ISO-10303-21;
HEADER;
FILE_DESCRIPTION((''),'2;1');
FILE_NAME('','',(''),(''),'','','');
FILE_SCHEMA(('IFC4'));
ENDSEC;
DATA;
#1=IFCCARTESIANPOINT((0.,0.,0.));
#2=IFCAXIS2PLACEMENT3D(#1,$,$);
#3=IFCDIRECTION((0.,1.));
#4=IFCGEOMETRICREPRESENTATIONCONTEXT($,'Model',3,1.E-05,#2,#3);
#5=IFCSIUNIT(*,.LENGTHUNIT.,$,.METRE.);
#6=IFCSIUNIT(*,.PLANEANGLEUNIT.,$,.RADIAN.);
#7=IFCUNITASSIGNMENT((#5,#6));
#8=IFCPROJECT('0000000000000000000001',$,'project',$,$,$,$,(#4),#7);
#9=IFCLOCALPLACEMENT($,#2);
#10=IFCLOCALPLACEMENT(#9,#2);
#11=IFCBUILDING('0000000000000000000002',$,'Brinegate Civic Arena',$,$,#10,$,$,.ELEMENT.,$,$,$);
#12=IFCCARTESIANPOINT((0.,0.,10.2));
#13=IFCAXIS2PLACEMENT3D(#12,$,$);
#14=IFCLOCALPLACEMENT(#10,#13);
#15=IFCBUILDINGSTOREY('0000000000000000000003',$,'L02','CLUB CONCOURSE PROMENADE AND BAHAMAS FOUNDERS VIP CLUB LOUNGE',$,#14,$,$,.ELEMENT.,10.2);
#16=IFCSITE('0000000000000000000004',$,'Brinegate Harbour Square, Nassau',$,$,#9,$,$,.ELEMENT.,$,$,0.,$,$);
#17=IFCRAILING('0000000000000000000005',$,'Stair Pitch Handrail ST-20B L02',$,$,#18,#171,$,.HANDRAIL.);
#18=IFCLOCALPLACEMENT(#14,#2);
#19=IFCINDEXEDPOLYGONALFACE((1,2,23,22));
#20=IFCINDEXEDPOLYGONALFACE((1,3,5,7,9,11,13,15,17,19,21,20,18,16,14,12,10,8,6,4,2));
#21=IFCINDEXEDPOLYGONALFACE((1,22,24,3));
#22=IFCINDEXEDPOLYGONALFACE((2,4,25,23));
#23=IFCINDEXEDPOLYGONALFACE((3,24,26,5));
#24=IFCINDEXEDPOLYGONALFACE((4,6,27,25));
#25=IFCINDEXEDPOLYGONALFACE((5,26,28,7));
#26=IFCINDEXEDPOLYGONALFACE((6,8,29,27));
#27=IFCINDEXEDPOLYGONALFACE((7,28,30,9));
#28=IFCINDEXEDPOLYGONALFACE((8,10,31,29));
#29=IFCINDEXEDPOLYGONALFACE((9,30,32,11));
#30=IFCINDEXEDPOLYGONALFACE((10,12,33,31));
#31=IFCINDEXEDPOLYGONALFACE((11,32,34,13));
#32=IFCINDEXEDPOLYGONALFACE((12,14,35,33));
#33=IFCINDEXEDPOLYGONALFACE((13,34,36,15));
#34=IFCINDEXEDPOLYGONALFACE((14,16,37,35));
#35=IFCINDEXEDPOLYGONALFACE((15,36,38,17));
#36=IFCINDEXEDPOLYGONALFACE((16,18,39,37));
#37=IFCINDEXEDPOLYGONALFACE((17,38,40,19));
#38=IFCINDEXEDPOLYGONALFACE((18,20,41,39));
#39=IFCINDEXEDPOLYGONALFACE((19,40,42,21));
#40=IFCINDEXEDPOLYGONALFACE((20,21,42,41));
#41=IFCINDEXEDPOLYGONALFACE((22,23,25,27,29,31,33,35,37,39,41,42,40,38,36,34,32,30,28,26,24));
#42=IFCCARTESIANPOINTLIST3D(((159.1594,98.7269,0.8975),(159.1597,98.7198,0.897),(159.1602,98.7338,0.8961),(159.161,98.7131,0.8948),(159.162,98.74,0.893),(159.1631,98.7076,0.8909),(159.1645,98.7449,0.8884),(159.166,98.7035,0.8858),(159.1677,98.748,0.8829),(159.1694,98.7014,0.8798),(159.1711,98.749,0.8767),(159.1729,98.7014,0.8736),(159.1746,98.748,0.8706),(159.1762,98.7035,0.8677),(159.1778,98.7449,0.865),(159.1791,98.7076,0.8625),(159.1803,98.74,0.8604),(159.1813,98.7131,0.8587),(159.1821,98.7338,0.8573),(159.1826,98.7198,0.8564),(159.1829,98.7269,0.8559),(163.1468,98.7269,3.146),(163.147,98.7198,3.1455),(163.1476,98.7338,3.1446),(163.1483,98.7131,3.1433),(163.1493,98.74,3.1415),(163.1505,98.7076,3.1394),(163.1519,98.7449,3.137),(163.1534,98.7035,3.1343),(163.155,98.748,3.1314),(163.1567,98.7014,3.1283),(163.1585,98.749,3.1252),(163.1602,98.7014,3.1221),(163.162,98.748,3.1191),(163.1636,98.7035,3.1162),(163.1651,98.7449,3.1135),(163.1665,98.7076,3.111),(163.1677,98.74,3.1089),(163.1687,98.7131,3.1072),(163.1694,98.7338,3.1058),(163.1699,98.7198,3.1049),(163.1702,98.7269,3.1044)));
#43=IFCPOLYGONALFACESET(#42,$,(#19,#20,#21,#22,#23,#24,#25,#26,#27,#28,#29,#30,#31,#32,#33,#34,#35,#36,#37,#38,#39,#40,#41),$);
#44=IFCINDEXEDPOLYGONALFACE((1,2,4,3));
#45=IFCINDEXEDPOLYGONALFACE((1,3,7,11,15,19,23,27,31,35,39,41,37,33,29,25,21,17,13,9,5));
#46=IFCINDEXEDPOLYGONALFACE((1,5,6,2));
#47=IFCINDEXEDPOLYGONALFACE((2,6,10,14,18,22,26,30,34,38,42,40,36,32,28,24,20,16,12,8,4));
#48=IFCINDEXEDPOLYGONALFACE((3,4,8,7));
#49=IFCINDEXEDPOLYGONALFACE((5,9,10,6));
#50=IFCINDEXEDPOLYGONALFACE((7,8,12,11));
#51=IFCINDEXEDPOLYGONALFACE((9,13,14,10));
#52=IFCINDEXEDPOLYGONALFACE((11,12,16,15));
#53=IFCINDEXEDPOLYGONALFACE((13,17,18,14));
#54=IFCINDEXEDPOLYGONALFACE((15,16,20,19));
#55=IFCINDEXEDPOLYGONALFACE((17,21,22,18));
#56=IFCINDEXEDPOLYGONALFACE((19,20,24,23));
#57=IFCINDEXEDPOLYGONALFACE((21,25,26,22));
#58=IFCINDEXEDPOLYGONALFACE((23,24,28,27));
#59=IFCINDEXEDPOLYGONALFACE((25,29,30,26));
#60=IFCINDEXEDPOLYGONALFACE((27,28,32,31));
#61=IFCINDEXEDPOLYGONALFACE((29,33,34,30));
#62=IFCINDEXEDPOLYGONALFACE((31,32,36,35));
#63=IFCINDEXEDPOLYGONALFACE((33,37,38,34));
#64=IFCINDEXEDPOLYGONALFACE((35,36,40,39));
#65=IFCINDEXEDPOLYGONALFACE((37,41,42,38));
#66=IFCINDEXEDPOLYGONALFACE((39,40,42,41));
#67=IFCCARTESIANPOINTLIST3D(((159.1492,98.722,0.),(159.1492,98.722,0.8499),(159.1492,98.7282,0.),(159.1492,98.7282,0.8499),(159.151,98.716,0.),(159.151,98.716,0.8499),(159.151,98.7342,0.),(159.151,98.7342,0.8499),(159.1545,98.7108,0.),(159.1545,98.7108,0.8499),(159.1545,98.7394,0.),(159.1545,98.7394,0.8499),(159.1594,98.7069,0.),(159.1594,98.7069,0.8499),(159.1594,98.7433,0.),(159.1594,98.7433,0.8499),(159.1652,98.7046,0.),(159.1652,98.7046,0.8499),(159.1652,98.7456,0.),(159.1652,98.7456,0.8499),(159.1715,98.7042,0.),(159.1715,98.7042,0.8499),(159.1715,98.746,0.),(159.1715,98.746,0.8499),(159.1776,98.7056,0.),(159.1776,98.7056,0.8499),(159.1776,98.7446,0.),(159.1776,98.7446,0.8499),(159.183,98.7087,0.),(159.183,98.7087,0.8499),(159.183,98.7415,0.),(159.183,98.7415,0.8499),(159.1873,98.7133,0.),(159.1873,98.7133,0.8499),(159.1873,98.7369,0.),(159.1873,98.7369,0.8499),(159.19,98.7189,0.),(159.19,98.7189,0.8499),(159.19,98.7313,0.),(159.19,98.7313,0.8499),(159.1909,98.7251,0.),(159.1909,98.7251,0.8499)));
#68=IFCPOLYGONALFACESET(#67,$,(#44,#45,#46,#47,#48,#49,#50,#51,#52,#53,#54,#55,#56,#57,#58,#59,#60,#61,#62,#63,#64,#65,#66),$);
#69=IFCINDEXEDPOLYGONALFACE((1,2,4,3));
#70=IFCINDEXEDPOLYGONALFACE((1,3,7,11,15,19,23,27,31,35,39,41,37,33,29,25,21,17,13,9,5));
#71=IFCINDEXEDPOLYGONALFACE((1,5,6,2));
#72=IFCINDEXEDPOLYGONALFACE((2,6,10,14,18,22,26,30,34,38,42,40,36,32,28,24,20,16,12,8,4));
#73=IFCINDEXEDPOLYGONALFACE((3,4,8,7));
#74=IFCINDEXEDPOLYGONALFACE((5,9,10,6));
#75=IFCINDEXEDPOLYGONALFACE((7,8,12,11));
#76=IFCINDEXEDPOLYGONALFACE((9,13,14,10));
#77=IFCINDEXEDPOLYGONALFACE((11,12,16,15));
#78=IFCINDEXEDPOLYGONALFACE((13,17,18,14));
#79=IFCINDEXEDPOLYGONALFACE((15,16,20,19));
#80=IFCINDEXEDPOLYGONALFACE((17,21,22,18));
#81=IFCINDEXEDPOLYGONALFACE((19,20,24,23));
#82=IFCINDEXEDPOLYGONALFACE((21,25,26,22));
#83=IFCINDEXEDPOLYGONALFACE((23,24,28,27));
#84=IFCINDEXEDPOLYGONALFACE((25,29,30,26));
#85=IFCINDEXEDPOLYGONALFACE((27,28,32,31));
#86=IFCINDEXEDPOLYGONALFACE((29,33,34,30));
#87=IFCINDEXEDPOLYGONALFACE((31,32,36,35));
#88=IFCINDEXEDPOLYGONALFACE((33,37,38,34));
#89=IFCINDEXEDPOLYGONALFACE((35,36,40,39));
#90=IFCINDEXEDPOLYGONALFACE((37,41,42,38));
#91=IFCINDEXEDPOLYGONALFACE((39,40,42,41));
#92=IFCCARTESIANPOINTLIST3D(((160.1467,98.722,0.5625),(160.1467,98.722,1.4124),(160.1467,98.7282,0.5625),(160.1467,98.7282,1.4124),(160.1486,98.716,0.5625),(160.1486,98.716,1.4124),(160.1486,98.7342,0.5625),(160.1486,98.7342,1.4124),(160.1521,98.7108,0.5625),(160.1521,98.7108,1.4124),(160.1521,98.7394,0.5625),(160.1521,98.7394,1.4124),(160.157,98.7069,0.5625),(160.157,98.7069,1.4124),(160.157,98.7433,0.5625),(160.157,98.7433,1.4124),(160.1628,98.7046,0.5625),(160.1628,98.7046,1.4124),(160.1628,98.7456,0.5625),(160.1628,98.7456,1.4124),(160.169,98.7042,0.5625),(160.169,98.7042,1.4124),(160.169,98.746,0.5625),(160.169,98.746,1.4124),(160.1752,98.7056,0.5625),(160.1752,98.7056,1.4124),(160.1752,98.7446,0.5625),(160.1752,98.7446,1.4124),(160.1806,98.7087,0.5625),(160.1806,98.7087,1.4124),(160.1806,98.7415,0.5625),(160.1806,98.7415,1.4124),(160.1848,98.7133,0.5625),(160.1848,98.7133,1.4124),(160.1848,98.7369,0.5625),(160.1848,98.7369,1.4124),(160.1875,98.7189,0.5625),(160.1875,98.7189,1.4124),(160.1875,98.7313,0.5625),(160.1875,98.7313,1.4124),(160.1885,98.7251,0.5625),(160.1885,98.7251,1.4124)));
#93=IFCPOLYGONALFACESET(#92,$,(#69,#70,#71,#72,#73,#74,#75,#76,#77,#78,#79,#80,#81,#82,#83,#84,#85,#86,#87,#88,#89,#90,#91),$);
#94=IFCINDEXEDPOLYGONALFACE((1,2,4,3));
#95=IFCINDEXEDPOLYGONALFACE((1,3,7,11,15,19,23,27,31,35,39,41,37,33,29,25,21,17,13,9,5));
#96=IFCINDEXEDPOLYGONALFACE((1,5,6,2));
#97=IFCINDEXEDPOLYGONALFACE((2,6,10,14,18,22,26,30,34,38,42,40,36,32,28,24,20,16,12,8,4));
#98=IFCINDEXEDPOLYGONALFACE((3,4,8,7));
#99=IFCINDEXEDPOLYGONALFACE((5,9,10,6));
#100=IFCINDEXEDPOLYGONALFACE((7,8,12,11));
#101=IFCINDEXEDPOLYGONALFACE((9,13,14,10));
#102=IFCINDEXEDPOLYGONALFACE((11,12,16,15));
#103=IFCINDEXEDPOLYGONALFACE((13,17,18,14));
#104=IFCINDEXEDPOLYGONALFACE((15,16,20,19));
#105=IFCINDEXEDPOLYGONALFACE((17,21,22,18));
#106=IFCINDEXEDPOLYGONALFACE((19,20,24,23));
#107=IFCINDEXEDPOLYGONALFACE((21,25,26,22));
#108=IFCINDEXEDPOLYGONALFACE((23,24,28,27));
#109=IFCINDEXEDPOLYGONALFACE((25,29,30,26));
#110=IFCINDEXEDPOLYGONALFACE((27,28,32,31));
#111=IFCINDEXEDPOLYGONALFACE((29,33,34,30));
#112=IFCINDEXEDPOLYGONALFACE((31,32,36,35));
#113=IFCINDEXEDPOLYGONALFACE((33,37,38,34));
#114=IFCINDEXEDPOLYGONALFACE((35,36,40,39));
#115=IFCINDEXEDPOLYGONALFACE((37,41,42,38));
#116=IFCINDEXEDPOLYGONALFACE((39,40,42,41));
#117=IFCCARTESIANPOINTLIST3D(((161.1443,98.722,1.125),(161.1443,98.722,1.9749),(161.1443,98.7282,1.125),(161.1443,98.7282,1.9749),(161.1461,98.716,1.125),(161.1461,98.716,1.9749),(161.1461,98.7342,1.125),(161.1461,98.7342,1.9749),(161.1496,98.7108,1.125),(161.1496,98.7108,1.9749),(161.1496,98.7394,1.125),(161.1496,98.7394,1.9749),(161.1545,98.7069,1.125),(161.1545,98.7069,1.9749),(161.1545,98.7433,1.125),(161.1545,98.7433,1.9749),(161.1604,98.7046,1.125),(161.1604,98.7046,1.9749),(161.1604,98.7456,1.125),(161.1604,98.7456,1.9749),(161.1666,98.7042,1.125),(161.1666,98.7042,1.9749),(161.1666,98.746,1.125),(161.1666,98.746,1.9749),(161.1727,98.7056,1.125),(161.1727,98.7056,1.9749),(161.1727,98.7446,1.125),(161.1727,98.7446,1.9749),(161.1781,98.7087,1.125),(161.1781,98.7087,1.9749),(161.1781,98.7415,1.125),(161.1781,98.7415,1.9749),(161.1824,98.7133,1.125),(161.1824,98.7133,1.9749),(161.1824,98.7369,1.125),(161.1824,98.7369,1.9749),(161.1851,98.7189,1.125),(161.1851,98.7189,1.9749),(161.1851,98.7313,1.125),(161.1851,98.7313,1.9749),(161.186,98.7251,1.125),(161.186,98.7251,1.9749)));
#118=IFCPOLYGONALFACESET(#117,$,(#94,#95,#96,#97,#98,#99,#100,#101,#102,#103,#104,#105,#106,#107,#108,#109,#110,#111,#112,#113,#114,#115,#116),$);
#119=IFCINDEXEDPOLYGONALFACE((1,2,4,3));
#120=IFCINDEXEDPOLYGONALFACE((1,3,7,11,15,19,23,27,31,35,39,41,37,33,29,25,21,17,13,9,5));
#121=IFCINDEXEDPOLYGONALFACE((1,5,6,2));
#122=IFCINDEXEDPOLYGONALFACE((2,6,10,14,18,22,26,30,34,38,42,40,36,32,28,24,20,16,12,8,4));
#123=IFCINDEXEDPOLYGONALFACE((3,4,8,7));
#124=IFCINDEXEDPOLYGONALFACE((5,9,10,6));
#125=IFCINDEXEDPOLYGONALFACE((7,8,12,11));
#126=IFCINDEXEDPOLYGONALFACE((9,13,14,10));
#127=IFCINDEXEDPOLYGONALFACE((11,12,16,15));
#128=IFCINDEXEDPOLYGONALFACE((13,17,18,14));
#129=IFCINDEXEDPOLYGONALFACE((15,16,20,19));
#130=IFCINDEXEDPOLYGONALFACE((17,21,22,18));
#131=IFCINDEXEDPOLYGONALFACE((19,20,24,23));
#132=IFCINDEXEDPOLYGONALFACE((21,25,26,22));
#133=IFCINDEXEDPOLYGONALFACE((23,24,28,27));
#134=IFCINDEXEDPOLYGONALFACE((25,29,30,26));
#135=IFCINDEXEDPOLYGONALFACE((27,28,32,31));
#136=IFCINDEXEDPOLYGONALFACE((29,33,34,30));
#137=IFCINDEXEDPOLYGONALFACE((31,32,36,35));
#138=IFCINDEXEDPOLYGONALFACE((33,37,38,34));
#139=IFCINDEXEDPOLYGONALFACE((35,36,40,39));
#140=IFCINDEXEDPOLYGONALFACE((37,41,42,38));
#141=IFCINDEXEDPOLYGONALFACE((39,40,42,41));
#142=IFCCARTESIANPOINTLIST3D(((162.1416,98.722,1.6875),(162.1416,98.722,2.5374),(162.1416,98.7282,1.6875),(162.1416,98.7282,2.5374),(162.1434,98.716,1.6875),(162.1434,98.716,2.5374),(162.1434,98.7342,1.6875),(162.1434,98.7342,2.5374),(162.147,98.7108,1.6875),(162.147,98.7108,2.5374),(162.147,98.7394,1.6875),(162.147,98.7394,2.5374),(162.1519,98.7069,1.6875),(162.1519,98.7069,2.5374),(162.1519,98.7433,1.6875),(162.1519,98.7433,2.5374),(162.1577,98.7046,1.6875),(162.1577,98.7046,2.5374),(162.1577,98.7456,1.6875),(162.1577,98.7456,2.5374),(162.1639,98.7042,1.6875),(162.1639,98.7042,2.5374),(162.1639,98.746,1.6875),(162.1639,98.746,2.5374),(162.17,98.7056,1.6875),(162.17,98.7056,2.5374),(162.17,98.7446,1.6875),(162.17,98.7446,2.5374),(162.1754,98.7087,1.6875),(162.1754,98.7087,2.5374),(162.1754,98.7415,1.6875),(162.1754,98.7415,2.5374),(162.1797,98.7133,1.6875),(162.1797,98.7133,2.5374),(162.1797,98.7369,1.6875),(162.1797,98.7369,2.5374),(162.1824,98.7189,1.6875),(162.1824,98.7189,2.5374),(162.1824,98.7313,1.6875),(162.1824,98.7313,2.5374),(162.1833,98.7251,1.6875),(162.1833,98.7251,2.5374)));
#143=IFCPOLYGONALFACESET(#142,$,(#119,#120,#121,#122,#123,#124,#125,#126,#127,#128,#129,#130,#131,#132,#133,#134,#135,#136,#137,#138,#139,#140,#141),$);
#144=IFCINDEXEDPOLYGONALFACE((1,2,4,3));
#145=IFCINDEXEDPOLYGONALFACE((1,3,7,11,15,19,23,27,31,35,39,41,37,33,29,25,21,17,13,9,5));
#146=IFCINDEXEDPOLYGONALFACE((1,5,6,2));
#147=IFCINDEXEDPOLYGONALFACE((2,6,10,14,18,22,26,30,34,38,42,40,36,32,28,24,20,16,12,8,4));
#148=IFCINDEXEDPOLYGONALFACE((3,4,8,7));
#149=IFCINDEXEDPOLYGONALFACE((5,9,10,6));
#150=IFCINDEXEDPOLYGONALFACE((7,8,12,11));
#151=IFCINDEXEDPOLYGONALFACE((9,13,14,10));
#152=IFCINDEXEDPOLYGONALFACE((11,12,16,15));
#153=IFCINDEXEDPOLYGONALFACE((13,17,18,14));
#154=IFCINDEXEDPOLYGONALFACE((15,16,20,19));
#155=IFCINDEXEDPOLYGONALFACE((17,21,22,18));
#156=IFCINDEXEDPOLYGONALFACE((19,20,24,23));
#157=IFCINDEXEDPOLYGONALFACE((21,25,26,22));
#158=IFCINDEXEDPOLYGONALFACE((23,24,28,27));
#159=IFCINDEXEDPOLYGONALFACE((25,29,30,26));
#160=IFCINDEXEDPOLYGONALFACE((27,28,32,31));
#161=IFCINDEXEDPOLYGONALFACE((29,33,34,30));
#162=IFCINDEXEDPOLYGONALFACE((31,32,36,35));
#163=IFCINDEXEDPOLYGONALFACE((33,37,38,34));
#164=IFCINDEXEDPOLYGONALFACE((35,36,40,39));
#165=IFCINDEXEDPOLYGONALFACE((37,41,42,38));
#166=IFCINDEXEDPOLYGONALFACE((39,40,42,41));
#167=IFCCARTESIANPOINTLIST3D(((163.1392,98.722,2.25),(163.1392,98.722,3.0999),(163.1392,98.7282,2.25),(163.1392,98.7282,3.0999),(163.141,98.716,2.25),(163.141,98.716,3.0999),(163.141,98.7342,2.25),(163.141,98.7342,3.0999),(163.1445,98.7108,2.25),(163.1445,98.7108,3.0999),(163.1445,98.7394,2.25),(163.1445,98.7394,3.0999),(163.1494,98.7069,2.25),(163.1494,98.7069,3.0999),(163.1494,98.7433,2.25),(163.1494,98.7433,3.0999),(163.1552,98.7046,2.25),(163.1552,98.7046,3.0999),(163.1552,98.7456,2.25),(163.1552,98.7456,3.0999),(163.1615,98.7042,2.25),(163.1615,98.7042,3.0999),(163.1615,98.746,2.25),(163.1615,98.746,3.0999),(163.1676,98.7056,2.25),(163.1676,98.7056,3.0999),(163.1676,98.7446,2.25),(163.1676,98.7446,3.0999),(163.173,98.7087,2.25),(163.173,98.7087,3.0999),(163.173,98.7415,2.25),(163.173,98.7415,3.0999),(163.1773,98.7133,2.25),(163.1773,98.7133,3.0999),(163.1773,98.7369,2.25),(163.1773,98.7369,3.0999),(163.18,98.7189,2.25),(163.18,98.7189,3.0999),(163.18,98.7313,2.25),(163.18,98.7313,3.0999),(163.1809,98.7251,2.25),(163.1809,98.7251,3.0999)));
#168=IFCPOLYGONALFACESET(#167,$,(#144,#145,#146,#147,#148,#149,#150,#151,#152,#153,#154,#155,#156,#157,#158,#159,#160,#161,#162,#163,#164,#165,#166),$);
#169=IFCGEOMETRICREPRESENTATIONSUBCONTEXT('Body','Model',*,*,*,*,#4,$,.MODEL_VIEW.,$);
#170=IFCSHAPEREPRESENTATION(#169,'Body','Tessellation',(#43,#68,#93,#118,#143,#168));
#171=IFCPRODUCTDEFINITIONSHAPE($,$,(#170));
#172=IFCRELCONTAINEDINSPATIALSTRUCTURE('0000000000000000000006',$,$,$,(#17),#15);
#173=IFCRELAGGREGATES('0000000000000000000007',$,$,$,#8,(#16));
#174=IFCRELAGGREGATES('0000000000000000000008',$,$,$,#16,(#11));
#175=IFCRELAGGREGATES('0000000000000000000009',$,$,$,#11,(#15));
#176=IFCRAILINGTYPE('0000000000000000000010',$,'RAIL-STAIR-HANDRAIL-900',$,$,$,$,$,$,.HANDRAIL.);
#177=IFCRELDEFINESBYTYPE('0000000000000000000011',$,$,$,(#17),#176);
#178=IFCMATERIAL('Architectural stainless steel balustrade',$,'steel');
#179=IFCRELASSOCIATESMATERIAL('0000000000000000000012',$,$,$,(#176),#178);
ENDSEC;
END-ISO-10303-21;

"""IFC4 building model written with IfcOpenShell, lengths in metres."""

from ifc_helpers import new_model, si_unit, direction, frame, origin, origin_2d, place, context, subcontext, project, spatial, circle, extrude, material, type_object, element, save


model = new_model("IFC4")

# Units and contexts
model_context = context("Model", 3, precision=1e-05, world=origin(), true_north=direction((0.0, 1.0)))
body_context = subcontext(model_context, "Body", "Model", "MODEL_VIEW")
ifc_project = project(units=[si_unit("LENGTHUNIT", "METRE"), si_unit("PLANEANGLEUNIT", "RADIAN")], contexts=[model_context])

# Site, building, storey
site_placement = place(None, origin())
site = spatial("IfcSite", under=ifc_project, at=site_placement, Name="Brinegate Harbour Square, Nassau", CompositionType="ELEMENT", RefElevation=0.0)
building_placement = place(site_placement, origin())
building = spatial("IfcBuilding", under=site, at=building_placement, Name="Brinegate Civic Arena", CompositionType="ELEMENT")
storey_placement = place(building_placement, frame((0.0, 0.0, 10.2)))
storey = spatial("IfcBuildingStorey", under=building, at=storey_placement, Name="L02", Description="CLUB CONCOURSE PROMENADE AND BAHAMAS FOUNDERS VIP CLUB LOUNGE", CompositionType="ELEMENT", Elevation=10.2)

# Railing
ifc_material_1 = material(Name="Architectural stainless steel balustrade", Category="steel")
railing_type_1 = type_object("IfcRailingType", Name="RAIL-STAIR-HANDRAIL-900", PredefinedType="HANDRAIL", material=ifc_material_1)
for number, where, name in (
    (1, (159.1699, 98.7251, 0.0), "Stair Pitch Handrail ST-20B L02"),
):
    element("IfcRailing", number, at=place(storey_placement, frame(where)), inside=storey, type_object=railing_type_1, Name=name, PredefinedType="HANDRAIL", context=body_context, shape_type="SweptSolid", body=[
        extrude(circle(Radius=0.0239, at=origin_2d()), frame((0.0012, 0.0, 0.8767), z_axis=(0.87105, 0.0, 0.491195), x_axis=(0.0, 1.0, 0.0)), (0.0, 0.0, 1.0), 4.5776),
        extrude(circle(Radius=0.021, at=origin_2d()), origin(), (0.0, 0.0, 1.0), 0.8499),
        extrude(circle(Radius=0.021, at=origin_2d()), frame((0.9976, 0.0, 0.5625)), (0.0, 0.0, 1.0), 0.8499),
        extrude(circle(Radius=0.021, at=origin_2d()), frame((1.9951, 0.0, 1.125)), (0.0, 0.0, 1.0), 0.8499),
        extrude(circle(Radius=0.021, at=origin_2d()), frame((2.9924, 0.0, 1.6875)), (0.0, 0.0, 1.0), 0.8499),
        extrude(circle(Radius=0.021, at=origin_2d()), frame((3.99, 0.0, 2.25)), (0.0, 0.0, 1.0), 0.8499),
    ])

save(model, "model.ifc")
